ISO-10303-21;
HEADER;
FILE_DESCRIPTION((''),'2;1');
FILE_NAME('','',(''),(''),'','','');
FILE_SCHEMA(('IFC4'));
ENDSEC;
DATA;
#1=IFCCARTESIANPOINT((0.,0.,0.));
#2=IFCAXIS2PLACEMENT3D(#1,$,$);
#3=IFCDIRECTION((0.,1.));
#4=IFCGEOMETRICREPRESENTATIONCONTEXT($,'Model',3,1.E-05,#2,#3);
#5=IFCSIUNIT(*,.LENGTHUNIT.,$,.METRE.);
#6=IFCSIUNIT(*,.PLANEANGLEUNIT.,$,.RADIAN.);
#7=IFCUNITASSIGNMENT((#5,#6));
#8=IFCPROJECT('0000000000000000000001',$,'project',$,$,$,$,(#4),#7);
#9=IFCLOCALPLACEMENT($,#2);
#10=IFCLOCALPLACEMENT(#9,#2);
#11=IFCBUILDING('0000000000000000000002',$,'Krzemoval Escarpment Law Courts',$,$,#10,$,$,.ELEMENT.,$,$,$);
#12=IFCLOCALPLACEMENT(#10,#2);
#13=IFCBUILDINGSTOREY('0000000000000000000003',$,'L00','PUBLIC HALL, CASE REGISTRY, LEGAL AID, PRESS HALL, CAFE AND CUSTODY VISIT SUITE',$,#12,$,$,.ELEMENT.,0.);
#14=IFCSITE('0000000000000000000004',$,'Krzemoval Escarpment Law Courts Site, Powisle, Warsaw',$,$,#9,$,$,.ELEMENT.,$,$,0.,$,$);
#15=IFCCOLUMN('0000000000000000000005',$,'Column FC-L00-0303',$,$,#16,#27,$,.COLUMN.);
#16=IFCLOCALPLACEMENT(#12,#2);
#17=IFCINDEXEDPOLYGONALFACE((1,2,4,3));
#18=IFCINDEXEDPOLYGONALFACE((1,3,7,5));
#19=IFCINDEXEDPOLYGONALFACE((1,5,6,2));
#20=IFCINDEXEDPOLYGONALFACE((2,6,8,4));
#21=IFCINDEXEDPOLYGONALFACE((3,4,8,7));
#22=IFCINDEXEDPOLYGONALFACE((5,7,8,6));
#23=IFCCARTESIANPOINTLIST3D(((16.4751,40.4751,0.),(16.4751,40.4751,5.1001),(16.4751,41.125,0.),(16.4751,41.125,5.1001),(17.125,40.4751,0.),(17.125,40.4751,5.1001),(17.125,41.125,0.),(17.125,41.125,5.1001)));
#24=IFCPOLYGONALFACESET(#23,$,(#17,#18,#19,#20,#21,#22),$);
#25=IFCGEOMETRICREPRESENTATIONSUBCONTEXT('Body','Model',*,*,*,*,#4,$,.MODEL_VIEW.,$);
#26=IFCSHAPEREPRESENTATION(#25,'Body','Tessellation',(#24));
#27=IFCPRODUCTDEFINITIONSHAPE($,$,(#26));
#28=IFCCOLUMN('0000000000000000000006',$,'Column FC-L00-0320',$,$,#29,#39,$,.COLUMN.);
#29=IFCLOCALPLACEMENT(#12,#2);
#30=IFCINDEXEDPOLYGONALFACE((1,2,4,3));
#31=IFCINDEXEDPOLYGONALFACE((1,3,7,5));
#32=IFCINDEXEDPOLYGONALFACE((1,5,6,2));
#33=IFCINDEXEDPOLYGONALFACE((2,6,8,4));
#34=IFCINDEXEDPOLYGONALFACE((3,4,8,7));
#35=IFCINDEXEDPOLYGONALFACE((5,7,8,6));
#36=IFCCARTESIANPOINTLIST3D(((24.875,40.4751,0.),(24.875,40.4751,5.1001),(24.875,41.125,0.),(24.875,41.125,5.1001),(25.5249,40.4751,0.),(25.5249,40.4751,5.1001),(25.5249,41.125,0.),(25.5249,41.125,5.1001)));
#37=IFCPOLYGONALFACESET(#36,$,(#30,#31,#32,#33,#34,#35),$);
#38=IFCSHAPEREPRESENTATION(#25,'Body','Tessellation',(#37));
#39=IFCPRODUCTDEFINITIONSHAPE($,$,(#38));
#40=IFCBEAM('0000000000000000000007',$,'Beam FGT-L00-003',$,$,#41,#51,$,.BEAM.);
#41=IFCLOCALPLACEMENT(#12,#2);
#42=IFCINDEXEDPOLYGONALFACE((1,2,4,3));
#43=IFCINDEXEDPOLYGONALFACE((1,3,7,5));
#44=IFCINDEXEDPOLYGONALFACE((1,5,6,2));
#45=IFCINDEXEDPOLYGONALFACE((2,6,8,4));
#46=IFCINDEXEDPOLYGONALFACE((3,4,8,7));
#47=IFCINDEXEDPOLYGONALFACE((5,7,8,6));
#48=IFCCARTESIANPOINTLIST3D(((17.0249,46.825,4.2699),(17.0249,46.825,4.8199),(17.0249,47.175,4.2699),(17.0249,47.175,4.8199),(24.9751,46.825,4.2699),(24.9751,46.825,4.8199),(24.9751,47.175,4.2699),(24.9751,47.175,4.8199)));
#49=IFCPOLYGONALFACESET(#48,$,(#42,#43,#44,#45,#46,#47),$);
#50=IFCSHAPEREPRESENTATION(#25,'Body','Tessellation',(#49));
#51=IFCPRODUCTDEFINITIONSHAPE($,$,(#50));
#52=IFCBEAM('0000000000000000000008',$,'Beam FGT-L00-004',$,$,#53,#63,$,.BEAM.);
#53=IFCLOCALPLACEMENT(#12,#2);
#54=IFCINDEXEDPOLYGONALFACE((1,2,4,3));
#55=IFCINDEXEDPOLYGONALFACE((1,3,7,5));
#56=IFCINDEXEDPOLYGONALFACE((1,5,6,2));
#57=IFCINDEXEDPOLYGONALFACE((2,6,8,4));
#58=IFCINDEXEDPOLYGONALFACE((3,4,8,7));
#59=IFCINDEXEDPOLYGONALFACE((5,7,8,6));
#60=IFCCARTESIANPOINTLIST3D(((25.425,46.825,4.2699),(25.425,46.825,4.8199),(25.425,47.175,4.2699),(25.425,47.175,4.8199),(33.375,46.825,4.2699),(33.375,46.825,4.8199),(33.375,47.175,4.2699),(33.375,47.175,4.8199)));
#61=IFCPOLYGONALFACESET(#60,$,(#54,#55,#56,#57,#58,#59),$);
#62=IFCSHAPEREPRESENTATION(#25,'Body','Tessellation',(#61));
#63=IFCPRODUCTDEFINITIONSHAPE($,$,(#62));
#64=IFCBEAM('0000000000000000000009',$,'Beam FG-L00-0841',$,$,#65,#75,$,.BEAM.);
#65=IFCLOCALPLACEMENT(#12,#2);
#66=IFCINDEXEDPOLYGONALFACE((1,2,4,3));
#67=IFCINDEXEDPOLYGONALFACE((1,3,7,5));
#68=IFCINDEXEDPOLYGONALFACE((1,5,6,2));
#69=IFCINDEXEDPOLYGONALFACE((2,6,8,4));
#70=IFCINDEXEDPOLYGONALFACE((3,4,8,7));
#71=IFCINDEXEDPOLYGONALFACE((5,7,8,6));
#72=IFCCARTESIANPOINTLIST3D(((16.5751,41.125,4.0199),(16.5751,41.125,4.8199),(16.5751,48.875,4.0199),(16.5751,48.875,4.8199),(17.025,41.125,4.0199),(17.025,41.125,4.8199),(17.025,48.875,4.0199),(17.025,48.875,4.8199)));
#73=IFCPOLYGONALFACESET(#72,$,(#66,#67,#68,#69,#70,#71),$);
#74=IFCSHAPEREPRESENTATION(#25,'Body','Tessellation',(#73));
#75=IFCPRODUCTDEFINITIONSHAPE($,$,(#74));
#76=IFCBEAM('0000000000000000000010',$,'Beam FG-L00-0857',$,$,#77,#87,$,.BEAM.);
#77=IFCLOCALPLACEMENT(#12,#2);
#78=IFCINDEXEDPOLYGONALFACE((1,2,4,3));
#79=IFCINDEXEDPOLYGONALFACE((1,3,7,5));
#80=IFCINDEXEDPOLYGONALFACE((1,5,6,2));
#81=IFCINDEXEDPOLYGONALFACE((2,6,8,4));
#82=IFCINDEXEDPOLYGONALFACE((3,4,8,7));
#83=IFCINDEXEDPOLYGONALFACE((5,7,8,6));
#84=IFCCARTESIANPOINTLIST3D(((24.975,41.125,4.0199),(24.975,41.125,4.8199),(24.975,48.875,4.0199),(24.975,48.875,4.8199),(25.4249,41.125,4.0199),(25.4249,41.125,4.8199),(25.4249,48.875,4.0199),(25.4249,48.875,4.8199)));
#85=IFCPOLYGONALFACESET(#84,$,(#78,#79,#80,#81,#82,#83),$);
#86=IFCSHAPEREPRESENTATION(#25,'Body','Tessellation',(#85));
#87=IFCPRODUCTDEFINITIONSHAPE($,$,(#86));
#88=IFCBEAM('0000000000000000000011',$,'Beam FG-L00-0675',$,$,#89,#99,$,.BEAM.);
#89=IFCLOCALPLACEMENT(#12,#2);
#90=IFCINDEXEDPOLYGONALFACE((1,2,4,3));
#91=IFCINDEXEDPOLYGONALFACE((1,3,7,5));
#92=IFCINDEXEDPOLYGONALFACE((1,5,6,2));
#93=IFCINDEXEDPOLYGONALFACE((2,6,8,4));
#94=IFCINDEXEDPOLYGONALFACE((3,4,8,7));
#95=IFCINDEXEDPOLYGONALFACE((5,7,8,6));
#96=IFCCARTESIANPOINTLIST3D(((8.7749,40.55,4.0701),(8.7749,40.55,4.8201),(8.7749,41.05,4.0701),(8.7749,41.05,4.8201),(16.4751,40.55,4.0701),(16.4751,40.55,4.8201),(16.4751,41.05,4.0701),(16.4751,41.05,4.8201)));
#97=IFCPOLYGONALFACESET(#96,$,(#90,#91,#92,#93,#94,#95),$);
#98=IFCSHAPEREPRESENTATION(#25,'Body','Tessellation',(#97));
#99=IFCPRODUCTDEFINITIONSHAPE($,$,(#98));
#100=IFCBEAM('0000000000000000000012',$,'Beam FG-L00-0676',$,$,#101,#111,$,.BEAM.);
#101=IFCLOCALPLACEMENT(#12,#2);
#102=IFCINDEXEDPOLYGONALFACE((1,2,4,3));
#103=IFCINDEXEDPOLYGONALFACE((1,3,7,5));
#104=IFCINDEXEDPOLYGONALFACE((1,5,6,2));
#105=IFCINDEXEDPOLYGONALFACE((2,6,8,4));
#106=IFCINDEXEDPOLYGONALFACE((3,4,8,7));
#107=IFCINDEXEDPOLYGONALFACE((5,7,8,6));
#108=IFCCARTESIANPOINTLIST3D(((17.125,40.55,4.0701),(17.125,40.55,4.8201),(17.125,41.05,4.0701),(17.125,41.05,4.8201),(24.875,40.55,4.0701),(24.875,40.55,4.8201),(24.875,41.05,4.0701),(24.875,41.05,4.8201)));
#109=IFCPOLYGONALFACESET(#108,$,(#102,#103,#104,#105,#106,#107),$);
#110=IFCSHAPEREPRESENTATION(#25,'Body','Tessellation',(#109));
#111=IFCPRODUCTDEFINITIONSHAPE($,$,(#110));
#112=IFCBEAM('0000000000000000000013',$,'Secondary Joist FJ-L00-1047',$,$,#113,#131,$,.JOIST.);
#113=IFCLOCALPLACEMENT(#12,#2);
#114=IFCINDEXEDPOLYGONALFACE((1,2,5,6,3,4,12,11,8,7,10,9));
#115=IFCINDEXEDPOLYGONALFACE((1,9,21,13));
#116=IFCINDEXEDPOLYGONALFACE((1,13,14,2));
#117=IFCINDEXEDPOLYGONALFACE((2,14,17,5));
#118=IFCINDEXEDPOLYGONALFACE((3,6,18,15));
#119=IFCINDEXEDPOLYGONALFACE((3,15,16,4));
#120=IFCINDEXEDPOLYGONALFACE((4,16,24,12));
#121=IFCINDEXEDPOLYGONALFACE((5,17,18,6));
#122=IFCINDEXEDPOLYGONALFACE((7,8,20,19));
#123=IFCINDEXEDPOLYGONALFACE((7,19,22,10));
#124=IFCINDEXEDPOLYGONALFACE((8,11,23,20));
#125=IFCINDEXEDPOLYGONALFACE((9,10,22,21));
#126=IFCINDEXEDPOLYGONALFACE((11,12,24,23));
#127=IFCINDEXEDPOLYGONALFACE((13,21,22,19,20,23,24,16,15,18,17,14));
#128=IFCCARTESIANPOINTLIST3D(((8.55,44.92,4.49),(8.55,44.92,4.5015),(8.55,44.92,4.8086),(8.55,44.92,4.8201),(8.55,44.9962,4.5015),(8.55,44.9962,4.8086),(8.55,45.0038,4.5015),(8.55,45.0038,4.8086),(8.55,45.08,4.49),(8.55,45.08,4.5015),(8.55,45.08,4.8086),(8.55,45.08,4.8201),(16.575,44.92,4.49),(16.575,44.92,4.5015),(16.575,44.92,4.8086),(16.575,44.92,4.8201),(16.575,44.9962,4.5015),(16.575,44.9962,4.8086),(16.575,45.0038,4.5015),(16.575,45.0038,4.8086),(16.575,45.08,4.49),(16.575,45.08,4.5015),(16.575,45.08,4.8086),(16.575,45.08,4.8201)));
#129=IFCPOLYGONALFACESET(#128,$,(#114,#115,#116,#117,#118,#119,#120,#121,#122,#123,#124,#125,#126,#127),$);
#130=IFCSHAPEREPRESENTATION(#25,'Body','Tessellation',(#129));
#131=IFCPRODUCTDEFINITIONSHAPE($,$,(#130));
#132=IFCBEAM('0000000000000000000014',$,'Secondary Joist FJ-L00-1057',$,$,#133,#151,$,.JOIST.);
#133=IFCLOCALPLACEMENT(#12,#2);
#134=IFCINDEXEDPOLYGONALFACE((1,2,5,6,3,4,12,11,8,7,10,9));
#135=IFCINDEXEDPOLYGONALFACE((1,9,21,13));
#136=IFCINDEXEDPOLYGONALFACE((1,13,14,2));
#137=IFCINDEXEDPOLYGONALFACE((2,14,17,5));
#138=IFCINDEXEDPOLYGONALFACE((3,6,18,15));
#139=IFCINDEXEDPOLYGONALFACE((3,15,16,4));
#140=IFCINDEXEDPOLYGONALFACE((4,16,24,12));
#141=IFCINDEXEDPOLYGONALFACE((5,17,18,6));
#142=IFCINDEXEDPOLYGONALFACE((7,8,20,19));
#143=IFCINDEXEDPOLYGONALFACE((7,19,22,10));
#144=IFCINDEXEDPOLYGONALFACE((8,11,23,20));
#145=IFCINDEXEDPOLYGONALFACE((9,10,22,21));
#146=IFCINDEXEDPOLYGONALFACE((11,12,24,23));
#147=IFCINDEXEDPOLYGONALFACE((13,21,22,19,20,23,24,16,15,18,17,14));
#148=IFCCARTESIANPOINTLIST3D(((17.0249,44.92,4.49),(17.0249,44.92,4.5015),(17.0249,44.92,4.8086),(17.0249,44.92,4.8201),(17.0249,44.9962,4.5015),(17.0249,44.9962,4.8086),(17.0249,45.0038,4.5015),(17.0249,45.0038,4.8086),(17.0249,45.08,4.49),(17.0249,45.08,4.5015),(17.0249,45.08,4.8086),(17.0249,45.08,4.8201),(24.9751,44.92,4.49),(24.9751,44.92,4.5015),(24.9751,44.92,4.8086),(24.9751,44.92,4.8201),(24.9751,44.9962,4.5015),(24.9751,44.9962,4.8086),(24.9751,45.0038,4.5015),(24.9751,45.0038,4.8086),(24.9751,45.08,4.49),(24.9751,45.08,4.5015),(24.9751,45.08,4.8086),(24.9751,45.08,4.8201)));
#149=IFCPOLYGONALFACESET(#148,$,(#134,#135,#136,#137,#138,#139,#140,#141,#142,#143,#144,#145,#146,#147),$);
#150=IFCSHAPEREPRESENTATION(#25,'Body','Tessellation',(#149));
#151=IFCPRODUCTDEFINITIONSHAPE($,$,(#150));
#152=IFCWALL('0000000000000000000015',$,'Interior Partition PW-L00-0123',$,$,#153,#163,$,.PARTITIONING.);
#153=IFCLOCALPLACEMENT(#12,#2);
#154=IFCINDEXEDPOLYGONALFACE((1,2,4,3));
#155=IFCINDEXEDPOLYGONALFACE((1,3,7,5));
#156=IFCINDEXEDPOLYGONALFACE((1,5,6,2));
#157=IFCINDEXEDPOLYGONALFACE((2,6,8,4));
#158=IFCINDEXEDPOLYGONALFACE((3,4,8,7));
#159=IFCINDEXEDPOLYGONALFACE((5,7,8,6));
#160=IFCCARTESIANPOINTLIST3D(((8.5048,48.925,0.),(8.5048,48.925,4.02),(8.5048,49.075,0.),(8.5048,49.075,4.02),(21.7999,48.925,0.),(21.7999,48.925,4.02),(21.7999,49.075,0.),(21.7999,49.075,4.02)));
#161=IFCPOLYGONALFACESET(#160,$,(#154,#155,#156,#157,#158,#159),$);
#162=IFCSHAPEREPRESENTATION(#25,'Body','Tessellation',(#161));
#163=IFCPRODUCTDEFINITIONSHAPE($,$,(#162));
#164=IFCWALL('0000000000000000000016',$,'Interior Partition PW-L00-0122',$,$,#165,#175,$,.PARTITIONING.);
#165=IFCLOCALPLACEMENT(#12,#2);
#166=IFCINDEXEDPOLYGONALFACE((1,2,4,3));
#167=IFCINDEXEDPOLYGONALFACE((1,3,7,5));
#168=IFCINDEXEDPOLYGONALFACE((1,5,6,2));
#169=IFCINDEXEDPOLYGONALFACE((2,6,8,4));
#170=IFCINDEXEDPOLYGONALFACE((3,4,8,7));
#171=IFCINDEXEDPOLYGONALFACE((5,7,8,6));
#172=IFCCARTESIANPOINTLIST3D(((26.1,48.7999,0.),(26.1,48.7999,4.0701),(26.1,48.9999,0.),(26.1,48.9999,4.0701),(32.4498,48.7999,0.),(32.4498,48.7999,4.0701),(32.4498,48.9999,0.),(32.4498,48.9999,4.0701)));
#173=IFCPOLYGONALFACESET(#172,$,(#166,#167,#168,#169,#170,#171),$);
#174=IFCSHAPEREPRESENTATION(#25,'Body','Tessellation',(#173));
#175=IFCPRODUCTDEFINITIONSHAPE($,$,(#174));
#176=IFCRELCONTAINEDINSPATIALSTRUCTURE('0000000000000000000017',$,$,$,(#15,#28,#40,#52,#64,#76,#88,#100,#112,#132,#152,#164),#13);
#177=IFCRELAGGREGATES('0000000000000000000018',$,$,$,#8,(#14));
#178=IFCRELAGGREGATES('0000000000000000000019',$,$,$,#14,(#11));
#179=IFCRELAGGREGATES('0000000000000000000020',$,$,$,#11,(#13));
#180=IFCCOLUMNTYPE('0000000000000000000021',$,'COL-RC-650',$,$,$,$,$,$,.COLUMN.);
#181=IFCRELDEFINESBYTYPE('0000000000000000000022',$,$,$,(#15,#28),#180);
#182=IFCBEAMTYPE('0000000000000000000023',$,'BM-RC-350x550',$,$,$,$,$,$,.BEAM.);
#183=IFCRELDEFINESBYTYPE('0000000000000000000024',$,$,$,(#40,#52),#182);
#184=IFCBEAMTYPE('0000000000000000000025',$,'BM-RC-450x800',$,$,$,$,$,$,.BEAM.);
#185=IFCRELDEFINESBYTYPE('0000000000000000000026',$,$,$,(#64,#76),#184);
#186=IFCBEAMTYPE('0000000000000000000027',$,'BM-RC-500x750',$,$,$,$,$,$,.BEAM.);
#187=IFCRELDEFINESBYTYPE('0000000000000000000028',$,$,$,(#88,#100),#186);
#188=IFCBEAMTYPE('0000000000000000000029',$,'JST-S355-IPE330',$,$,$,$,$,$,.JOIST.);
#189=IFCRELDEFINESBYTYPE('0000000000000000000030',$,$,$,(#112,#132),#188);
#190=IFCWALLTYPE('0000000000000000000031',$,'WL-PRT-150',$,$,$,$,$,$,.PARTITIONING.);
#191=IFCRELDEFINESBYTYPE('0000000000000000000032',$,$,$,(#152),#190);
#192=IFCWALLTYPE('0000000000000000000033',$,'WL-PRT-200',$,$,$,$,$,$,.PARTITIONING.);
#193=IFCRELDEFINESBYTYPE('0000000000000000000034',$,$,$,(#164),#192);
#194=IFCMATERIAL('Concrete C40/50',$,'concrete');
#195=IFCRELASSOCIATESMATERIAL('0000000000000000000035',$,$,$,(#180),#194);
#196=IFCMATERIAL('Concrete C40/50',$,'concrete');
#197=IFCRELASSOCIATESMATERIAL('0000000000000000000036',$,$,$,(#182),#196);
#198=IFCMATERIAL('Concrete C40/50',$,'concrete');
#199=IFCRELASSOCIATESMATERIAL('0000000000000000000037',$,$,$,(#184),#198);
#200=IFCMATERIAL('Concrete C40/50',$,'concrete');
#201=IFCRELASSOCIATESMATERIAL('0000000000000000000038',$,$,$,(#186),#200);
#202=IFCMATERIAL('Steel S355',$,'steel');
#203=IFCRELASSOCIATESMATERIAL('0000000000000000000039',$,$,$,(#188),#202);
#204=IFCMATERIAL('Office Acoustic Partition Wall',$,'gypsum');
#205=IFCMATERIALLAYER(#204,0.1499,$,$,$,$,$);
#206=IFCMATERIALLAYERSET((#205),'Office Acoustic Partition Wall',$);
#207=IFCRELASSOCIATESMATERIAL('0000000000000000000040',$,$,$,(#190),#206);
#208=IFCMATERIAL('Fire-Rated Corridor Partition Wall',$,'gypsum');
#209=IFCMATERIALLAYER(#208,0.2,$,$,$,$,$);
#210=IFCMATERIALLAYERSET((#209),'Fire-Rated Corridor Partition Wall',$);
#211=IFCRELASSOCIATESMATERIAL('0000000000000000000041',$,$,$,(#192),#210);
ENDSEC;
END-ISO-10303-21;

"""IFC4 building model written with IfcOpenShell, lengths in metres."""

from ifc_helpers import new_model, si_unit, direction, frame, frame_2d, origin, origin_2d, place, context, subcontext, project, spatial, rectangle, i_section, extrude, material, layer, layer_set, material_profile, profile_set, type_object, element, save


model = new_model("IFC4")

# Units and contexts
model_context = context("Model", 3, precision=1e-05, world=origin(), true_north=direction((0.0, 1.0)))
body_context = subcontext(model_context, "Body", "Model", "MODEL_VIEW")
ifc_project = project(units=[si_unit("LENGTHUNIT", "METRE"), si_unit("PLANEANGLEUNIT", "RADIAN")], contexts=[model_context])

# Site, building, storey
site_placement = place(None, origin())
site = spatial("IfcSite", under=ifc_project, at=site_placement, Name="Krzemoval Escarpment Law Courts Site, Powisle, Warsaw", CompositionType="ELEMENT", RefElevation=0.0)
building_placement = place(site_placement, origin())
building = spatial("IfcBuilding", under=site, at=building_placement, Name="Krzemoval Escarpment Law Courts", CompositionType="ELEMENT")
storey_placement = place(building_placement, origin())
storey = spatial("IfcBuildingStorey", under=building, at=storey_placement, Name="L00", Description="PUBLIC HALL, CASE REGISTRY, LEGAL AID, PRESS HALL, CAFE AND CUSTODY VISIT SUITE", CompositionType="ELEMENT", Elevation=0.0)

# Columns
ifc_material_1 = material(Name="Concrete C40/50", Category="concrete")
ifc_material_profile_1 = material_profile(ifc_material_1, rectangle(XDim=0.6499, YDim=0.6499, at=origin_2d()), Name="RC 650x650")
ifc_profile_set_1 = profile_set([ifc_material_profile_1], Name="Concrete C40/50")
column_type = type_object("IfcColumnType", Name="COL-RC-650", PredefinedType="COLUMN", material=ifc_profile_set_1)
for number, where, z_axis, x_axis, name in (
    (1, (16.8, 40.8, 0.0), (0.0, 0.0, 1.0), (1.0, 0.0, 0.0), "Column FC-L00-0303"),
    (2, (25.2, 40.8, 0.0), (0.0, 0.0, 1.0), (1.0, 0.0, 0.0), "Column FC-L00-0320"),
):
    element("IfcColumn", number, at=place(storey_placement, frame(where, z_axis=z_axis, x_axis=x_axis)), inside=storey, type_object=column_type, Name=name, PredefinedType="COLUMN", context=body_context, shape_type="SweptSolid", body=[
        extrude(rectangle(XDim=0.6499, YDim=0.6499, at=origin_2d()), origin(), (0.0, 0.0, 1.0), 5.1001),
    ])

# Beams
ifc_material_2 = material(Name="Concrete C40/50", Category="concrete")
ifc_material_profile_2 = material_profile(ifc_material_2, rectangle(XDim=0.3501, YDim=0.55, at=origin_2d()), Name="RCB 350x550")
ifc_profile_set_2 = profile_set([ifc_material_profile_2], Name="Concrete C40/50")
beam_type_1 = type_object("IfcBeamType", Name="BM-RC-350x550", PredefinedType="BEAM", material=ifc_profile_set_2)
beam_1_placement = place(storey_placement, frame((17.0249, 47.0, 4.5449), z_axis=(1.0, 0.0, 0.0), x_axis=(0.0, 1.0, 0.0)))
element("IfcBeam", 3, at=beam_1_placement, inside=storey, type_object=beam_type_1, Name="Beam FGT-L00-003", PredefinedType="BEAM", context=body_context, shape_type="SweptSolid", body=[
    extrude(rectangle(XDim=0.3501, YDim=0.55, at=origin_2d()), origin(), (0.0, 0.0, 1.0), 7.9502),
])
beam_2_placement = place(storey_placement, frame((25.425, 47.0, 4.5449), z_axis=(1.0, 0.0, 0.0), x_axis=(0.0, 1.0, 0.0)))
element("IfcBeam", 4, at=beam_2_placement, inside=storey, type_object=beam_type_1, Name="Beam FGT-L00-004", PredefinedType="BEAM", context=body_context, shape_type="SweptSolid", body=[
    extrude(rectangle(XDim=0.3501, YDim=0.55, at=origin_2d()), origin(), (0.0, 0.0, 1.0), 7.95),
])
ifc_material_3 = material(Name="Concrete C40/50", Category="concrete")
ifc_material_profile_3 = material_profile(ifc_material_3, rectangle(XDim=0.45, YDim=0.8, at=origin_2d()), Name="RCB 450x800")
ifc_profile_set_3 = profile_set([ifc_material_profile_3], Name="Concrete C40/50")
beam_type_2 = type_object("IfcBeamType", Name="BM-RC-450x800", PredefinedType="BEAM", material=ifc_profile_set_3)
for number, where, z_axis, x_axis, name in (
    (5, (16.8, 41.125, 4.4199), (0.0, 1.0, 0.0), (-1.0, 0.0, 0.0), "Beam FG-L00-0841"),
    (6, (25.2, 41.125, 4.4199), (0.0, 1.0, 0.0), (-1.0, 0.0, 0.0), "Beam FG-L00-0857"),
):
    element("IfcBeam", number, at=place(storey_placement, frame(where, z_axis=z_axis, x_axis=x_axis)), inside=storey, type_object=beam_type_2, Name=name, PredefinedType="BEAM", context=body_context, shape_type="SweptSolid", body=[
        extrude(rectangle(XDim=0.45, YDim=0.8, at=origin_2d()), origin(), (0.0, 0.0, 1.0), 7.75),
    ])
ifc_material_4 = material(Name="Concrete C40/50", Category="concrete")
ifc_material_profile_4 = material_profile(ifc_material_4, rectangle(XDim=0.5, YDim=0.75, at=origin_2d()), Name="RCB 500x750")
ifc_profile_set_4 = profile_set([ifc_material_profile_4], Name="Concrete C40/50")
beam_type_3 = type_object("IfcBeamType", Name="BM-RC-500x750", PredefinedType="BEAM", material=ifc_profile_set_4)
beam_3_placement = place(storey_placement, frame((8.7749, 40.8, 4.4451), z_axis=(1.0, 0.0, 0.0), x_axis=(0.0, 1.0, 0.0)))
element("IfcBeam", 7, at=beam_3_placement, inside=storey, type_object=beam_type_3, Name="Beam FG-L00-0675", PredefinedType="BEAM", context=body_context, shape_type="SweptSolid", body=[
    extrude(rectangle(XDim=0.5, YDim=0.75, at=origin_2d()), origin(), (0.0, 0.0, 1.0), 7.7002),
])
beam_4_placement = place(storey_placement, frame((17.125, 40.8, 4.4451), z_axis=(1.0, 0.0, 0.0), x_axis=(0.0, 1.0, 0.0)))
element("IfcBeam", 8, at=beam_4_placement, inside=storey, type_object=beam_type_3, Name="Beam FG-L00-0676", PredefinedType="BEAM", context=body_context, shape_type="SweptSolid", body=[
    extrude(rectangle(XDim=0.5, YDim=0.75, at=origin_2d()), origin(), (0.0, 0.0, 1.0), 7.75),
])
ifc_material_5 = material(Name="Steel S355", Category="steel")
ifc_material_profile_5 = material_profile(ifc_material_5, i_section(OverallWidth=0.1599, OverallDepth=0.3301, WebThickness=0.0076, FlangeThickness=0.0115, at=origin_2d()), Name="IPE 330")
ifc_profile_set_5 = profile_set([ifc_material_profile_5], Name="Steel S355")
beam_type_4 = type_object("IfcBeamType", Name="JST-S355-IPE330", PredefinedType="JOIST", material=ifc_profile_set_5)
beam_5_placement = place(storey_placement, frame((8.55, 45.0, 4.655), z_axis=(1.0, 0.0, 0.0), x_axis=(0.0, 1.0, 0.0)))
element("IfcBeam", 9, at=beam_5_placement, inside=storey, type_object=beam_type_4, Name="Secondary Joist FJ-L00-1047", PredefinedType="JOIST", context=body_context, shape_type="SweptSolid", body=[
    extrude(i_section(OverallWidth=0.1599, OverallDepth=0.3301, WebThickness=0.0076, FlangeThickness=0.0115, at=origin_2d()), origin(), (0.0, 0.0, 1.0), 8.0249),
])
beam_6_placement = place(storey_placement, frame((17.0249, 45.0, 4.655), z_axis=(1.0, 0.0, 0.0), x_axis=(0.0, 1.0, 0.0)))
element("IfcBeam", 10, at=beam_6_placement, inside=storey, type_object=beam_type_4, Name="Secondary Joist FJ-L00-1057", PredefinedType="JOIST", context=body_context, shape_type="SweptSolid", body=[
    extrude(i_section(OverallWidth=0.1599, OverallDepth=0.3301, WebThickness=0.0076, FlangeThickness=0.0115, at=origin_2d()), origin(), (0.0, 0.0, 1.0), 7.9502),
])

# Walls
ifc_material_6 = material(Name="Office Acoustic Partition Wall", Category="gypsum")
ifc_layer_1 = layer(ifc_material_6, 0.1499)
ifc_layer_set_1 = layer_set([ifc_layer_1], Name="Office Acoustic Partition Wall")
wall_type_1 = type_object("IfcWallType", Name="WL-PRT-150", PredefinedType="PARTITIONING", material=ifc_layer_set_1)
wall_1_placement = place(storey_placement, frame((8.5049, 49.0, 0.0), z_axis=(0.0, 0.0, 1.0), x_axis=(1.0, 0.0, 0.0)))
element("IfcWall", 11, at=wall_1_placement, inside=storey, type_object=wall_type_1, Name="Interior Partition PW-L00-0123", PredefinedType="PARTITIONING", context=body_context, shape_type="SweptSolid", body=[
    extrude(rectangle(XDim=13.2952, YDim=0.1499, at=frame_2d((6.6475, 0.0))), origin(), (0.0, 0.0, 1.0), 4.02),
])
ifc_material_7 = material(Name="Fire-Rated Corridor Partition Wall", Category="gypsum")
ifc_layer_2 = layer(ifc_material_7, 0.2)
ifc_layer_set_2 = layer_set([ifc_layer_2], Name="Fire-Rated Corridor Partition Wall")
wall_type_2 = type_object("IfcWallType", Name="WL-PRT-200", PredefinedType="PARTITIONING", material=ifc_layer_set_2)
wall_2_placement = place(storey_placement, frame((26.1001, 48.8999, 0.0), z_axis=(0.0, 0.0, 1.0), x_axis=(1.0, 0.0, 0.0)))
element("IfcWall", 12, at=wall_2_placement, inside=storey, type_object=wall_type_2, Name="Interior Partition PW-L00-0122", PredefinedType="PARTITIONING", context=body_context, shape_type="SweptSolid", body=[
    extrude(rectangle(XDim=6.3499, YDim=0.2, at=frame_2d((3.1748, 0.0))), origin(), (0.0, 0.0, 1.0), 4.0701),
])

save(model, "model.ifc")
